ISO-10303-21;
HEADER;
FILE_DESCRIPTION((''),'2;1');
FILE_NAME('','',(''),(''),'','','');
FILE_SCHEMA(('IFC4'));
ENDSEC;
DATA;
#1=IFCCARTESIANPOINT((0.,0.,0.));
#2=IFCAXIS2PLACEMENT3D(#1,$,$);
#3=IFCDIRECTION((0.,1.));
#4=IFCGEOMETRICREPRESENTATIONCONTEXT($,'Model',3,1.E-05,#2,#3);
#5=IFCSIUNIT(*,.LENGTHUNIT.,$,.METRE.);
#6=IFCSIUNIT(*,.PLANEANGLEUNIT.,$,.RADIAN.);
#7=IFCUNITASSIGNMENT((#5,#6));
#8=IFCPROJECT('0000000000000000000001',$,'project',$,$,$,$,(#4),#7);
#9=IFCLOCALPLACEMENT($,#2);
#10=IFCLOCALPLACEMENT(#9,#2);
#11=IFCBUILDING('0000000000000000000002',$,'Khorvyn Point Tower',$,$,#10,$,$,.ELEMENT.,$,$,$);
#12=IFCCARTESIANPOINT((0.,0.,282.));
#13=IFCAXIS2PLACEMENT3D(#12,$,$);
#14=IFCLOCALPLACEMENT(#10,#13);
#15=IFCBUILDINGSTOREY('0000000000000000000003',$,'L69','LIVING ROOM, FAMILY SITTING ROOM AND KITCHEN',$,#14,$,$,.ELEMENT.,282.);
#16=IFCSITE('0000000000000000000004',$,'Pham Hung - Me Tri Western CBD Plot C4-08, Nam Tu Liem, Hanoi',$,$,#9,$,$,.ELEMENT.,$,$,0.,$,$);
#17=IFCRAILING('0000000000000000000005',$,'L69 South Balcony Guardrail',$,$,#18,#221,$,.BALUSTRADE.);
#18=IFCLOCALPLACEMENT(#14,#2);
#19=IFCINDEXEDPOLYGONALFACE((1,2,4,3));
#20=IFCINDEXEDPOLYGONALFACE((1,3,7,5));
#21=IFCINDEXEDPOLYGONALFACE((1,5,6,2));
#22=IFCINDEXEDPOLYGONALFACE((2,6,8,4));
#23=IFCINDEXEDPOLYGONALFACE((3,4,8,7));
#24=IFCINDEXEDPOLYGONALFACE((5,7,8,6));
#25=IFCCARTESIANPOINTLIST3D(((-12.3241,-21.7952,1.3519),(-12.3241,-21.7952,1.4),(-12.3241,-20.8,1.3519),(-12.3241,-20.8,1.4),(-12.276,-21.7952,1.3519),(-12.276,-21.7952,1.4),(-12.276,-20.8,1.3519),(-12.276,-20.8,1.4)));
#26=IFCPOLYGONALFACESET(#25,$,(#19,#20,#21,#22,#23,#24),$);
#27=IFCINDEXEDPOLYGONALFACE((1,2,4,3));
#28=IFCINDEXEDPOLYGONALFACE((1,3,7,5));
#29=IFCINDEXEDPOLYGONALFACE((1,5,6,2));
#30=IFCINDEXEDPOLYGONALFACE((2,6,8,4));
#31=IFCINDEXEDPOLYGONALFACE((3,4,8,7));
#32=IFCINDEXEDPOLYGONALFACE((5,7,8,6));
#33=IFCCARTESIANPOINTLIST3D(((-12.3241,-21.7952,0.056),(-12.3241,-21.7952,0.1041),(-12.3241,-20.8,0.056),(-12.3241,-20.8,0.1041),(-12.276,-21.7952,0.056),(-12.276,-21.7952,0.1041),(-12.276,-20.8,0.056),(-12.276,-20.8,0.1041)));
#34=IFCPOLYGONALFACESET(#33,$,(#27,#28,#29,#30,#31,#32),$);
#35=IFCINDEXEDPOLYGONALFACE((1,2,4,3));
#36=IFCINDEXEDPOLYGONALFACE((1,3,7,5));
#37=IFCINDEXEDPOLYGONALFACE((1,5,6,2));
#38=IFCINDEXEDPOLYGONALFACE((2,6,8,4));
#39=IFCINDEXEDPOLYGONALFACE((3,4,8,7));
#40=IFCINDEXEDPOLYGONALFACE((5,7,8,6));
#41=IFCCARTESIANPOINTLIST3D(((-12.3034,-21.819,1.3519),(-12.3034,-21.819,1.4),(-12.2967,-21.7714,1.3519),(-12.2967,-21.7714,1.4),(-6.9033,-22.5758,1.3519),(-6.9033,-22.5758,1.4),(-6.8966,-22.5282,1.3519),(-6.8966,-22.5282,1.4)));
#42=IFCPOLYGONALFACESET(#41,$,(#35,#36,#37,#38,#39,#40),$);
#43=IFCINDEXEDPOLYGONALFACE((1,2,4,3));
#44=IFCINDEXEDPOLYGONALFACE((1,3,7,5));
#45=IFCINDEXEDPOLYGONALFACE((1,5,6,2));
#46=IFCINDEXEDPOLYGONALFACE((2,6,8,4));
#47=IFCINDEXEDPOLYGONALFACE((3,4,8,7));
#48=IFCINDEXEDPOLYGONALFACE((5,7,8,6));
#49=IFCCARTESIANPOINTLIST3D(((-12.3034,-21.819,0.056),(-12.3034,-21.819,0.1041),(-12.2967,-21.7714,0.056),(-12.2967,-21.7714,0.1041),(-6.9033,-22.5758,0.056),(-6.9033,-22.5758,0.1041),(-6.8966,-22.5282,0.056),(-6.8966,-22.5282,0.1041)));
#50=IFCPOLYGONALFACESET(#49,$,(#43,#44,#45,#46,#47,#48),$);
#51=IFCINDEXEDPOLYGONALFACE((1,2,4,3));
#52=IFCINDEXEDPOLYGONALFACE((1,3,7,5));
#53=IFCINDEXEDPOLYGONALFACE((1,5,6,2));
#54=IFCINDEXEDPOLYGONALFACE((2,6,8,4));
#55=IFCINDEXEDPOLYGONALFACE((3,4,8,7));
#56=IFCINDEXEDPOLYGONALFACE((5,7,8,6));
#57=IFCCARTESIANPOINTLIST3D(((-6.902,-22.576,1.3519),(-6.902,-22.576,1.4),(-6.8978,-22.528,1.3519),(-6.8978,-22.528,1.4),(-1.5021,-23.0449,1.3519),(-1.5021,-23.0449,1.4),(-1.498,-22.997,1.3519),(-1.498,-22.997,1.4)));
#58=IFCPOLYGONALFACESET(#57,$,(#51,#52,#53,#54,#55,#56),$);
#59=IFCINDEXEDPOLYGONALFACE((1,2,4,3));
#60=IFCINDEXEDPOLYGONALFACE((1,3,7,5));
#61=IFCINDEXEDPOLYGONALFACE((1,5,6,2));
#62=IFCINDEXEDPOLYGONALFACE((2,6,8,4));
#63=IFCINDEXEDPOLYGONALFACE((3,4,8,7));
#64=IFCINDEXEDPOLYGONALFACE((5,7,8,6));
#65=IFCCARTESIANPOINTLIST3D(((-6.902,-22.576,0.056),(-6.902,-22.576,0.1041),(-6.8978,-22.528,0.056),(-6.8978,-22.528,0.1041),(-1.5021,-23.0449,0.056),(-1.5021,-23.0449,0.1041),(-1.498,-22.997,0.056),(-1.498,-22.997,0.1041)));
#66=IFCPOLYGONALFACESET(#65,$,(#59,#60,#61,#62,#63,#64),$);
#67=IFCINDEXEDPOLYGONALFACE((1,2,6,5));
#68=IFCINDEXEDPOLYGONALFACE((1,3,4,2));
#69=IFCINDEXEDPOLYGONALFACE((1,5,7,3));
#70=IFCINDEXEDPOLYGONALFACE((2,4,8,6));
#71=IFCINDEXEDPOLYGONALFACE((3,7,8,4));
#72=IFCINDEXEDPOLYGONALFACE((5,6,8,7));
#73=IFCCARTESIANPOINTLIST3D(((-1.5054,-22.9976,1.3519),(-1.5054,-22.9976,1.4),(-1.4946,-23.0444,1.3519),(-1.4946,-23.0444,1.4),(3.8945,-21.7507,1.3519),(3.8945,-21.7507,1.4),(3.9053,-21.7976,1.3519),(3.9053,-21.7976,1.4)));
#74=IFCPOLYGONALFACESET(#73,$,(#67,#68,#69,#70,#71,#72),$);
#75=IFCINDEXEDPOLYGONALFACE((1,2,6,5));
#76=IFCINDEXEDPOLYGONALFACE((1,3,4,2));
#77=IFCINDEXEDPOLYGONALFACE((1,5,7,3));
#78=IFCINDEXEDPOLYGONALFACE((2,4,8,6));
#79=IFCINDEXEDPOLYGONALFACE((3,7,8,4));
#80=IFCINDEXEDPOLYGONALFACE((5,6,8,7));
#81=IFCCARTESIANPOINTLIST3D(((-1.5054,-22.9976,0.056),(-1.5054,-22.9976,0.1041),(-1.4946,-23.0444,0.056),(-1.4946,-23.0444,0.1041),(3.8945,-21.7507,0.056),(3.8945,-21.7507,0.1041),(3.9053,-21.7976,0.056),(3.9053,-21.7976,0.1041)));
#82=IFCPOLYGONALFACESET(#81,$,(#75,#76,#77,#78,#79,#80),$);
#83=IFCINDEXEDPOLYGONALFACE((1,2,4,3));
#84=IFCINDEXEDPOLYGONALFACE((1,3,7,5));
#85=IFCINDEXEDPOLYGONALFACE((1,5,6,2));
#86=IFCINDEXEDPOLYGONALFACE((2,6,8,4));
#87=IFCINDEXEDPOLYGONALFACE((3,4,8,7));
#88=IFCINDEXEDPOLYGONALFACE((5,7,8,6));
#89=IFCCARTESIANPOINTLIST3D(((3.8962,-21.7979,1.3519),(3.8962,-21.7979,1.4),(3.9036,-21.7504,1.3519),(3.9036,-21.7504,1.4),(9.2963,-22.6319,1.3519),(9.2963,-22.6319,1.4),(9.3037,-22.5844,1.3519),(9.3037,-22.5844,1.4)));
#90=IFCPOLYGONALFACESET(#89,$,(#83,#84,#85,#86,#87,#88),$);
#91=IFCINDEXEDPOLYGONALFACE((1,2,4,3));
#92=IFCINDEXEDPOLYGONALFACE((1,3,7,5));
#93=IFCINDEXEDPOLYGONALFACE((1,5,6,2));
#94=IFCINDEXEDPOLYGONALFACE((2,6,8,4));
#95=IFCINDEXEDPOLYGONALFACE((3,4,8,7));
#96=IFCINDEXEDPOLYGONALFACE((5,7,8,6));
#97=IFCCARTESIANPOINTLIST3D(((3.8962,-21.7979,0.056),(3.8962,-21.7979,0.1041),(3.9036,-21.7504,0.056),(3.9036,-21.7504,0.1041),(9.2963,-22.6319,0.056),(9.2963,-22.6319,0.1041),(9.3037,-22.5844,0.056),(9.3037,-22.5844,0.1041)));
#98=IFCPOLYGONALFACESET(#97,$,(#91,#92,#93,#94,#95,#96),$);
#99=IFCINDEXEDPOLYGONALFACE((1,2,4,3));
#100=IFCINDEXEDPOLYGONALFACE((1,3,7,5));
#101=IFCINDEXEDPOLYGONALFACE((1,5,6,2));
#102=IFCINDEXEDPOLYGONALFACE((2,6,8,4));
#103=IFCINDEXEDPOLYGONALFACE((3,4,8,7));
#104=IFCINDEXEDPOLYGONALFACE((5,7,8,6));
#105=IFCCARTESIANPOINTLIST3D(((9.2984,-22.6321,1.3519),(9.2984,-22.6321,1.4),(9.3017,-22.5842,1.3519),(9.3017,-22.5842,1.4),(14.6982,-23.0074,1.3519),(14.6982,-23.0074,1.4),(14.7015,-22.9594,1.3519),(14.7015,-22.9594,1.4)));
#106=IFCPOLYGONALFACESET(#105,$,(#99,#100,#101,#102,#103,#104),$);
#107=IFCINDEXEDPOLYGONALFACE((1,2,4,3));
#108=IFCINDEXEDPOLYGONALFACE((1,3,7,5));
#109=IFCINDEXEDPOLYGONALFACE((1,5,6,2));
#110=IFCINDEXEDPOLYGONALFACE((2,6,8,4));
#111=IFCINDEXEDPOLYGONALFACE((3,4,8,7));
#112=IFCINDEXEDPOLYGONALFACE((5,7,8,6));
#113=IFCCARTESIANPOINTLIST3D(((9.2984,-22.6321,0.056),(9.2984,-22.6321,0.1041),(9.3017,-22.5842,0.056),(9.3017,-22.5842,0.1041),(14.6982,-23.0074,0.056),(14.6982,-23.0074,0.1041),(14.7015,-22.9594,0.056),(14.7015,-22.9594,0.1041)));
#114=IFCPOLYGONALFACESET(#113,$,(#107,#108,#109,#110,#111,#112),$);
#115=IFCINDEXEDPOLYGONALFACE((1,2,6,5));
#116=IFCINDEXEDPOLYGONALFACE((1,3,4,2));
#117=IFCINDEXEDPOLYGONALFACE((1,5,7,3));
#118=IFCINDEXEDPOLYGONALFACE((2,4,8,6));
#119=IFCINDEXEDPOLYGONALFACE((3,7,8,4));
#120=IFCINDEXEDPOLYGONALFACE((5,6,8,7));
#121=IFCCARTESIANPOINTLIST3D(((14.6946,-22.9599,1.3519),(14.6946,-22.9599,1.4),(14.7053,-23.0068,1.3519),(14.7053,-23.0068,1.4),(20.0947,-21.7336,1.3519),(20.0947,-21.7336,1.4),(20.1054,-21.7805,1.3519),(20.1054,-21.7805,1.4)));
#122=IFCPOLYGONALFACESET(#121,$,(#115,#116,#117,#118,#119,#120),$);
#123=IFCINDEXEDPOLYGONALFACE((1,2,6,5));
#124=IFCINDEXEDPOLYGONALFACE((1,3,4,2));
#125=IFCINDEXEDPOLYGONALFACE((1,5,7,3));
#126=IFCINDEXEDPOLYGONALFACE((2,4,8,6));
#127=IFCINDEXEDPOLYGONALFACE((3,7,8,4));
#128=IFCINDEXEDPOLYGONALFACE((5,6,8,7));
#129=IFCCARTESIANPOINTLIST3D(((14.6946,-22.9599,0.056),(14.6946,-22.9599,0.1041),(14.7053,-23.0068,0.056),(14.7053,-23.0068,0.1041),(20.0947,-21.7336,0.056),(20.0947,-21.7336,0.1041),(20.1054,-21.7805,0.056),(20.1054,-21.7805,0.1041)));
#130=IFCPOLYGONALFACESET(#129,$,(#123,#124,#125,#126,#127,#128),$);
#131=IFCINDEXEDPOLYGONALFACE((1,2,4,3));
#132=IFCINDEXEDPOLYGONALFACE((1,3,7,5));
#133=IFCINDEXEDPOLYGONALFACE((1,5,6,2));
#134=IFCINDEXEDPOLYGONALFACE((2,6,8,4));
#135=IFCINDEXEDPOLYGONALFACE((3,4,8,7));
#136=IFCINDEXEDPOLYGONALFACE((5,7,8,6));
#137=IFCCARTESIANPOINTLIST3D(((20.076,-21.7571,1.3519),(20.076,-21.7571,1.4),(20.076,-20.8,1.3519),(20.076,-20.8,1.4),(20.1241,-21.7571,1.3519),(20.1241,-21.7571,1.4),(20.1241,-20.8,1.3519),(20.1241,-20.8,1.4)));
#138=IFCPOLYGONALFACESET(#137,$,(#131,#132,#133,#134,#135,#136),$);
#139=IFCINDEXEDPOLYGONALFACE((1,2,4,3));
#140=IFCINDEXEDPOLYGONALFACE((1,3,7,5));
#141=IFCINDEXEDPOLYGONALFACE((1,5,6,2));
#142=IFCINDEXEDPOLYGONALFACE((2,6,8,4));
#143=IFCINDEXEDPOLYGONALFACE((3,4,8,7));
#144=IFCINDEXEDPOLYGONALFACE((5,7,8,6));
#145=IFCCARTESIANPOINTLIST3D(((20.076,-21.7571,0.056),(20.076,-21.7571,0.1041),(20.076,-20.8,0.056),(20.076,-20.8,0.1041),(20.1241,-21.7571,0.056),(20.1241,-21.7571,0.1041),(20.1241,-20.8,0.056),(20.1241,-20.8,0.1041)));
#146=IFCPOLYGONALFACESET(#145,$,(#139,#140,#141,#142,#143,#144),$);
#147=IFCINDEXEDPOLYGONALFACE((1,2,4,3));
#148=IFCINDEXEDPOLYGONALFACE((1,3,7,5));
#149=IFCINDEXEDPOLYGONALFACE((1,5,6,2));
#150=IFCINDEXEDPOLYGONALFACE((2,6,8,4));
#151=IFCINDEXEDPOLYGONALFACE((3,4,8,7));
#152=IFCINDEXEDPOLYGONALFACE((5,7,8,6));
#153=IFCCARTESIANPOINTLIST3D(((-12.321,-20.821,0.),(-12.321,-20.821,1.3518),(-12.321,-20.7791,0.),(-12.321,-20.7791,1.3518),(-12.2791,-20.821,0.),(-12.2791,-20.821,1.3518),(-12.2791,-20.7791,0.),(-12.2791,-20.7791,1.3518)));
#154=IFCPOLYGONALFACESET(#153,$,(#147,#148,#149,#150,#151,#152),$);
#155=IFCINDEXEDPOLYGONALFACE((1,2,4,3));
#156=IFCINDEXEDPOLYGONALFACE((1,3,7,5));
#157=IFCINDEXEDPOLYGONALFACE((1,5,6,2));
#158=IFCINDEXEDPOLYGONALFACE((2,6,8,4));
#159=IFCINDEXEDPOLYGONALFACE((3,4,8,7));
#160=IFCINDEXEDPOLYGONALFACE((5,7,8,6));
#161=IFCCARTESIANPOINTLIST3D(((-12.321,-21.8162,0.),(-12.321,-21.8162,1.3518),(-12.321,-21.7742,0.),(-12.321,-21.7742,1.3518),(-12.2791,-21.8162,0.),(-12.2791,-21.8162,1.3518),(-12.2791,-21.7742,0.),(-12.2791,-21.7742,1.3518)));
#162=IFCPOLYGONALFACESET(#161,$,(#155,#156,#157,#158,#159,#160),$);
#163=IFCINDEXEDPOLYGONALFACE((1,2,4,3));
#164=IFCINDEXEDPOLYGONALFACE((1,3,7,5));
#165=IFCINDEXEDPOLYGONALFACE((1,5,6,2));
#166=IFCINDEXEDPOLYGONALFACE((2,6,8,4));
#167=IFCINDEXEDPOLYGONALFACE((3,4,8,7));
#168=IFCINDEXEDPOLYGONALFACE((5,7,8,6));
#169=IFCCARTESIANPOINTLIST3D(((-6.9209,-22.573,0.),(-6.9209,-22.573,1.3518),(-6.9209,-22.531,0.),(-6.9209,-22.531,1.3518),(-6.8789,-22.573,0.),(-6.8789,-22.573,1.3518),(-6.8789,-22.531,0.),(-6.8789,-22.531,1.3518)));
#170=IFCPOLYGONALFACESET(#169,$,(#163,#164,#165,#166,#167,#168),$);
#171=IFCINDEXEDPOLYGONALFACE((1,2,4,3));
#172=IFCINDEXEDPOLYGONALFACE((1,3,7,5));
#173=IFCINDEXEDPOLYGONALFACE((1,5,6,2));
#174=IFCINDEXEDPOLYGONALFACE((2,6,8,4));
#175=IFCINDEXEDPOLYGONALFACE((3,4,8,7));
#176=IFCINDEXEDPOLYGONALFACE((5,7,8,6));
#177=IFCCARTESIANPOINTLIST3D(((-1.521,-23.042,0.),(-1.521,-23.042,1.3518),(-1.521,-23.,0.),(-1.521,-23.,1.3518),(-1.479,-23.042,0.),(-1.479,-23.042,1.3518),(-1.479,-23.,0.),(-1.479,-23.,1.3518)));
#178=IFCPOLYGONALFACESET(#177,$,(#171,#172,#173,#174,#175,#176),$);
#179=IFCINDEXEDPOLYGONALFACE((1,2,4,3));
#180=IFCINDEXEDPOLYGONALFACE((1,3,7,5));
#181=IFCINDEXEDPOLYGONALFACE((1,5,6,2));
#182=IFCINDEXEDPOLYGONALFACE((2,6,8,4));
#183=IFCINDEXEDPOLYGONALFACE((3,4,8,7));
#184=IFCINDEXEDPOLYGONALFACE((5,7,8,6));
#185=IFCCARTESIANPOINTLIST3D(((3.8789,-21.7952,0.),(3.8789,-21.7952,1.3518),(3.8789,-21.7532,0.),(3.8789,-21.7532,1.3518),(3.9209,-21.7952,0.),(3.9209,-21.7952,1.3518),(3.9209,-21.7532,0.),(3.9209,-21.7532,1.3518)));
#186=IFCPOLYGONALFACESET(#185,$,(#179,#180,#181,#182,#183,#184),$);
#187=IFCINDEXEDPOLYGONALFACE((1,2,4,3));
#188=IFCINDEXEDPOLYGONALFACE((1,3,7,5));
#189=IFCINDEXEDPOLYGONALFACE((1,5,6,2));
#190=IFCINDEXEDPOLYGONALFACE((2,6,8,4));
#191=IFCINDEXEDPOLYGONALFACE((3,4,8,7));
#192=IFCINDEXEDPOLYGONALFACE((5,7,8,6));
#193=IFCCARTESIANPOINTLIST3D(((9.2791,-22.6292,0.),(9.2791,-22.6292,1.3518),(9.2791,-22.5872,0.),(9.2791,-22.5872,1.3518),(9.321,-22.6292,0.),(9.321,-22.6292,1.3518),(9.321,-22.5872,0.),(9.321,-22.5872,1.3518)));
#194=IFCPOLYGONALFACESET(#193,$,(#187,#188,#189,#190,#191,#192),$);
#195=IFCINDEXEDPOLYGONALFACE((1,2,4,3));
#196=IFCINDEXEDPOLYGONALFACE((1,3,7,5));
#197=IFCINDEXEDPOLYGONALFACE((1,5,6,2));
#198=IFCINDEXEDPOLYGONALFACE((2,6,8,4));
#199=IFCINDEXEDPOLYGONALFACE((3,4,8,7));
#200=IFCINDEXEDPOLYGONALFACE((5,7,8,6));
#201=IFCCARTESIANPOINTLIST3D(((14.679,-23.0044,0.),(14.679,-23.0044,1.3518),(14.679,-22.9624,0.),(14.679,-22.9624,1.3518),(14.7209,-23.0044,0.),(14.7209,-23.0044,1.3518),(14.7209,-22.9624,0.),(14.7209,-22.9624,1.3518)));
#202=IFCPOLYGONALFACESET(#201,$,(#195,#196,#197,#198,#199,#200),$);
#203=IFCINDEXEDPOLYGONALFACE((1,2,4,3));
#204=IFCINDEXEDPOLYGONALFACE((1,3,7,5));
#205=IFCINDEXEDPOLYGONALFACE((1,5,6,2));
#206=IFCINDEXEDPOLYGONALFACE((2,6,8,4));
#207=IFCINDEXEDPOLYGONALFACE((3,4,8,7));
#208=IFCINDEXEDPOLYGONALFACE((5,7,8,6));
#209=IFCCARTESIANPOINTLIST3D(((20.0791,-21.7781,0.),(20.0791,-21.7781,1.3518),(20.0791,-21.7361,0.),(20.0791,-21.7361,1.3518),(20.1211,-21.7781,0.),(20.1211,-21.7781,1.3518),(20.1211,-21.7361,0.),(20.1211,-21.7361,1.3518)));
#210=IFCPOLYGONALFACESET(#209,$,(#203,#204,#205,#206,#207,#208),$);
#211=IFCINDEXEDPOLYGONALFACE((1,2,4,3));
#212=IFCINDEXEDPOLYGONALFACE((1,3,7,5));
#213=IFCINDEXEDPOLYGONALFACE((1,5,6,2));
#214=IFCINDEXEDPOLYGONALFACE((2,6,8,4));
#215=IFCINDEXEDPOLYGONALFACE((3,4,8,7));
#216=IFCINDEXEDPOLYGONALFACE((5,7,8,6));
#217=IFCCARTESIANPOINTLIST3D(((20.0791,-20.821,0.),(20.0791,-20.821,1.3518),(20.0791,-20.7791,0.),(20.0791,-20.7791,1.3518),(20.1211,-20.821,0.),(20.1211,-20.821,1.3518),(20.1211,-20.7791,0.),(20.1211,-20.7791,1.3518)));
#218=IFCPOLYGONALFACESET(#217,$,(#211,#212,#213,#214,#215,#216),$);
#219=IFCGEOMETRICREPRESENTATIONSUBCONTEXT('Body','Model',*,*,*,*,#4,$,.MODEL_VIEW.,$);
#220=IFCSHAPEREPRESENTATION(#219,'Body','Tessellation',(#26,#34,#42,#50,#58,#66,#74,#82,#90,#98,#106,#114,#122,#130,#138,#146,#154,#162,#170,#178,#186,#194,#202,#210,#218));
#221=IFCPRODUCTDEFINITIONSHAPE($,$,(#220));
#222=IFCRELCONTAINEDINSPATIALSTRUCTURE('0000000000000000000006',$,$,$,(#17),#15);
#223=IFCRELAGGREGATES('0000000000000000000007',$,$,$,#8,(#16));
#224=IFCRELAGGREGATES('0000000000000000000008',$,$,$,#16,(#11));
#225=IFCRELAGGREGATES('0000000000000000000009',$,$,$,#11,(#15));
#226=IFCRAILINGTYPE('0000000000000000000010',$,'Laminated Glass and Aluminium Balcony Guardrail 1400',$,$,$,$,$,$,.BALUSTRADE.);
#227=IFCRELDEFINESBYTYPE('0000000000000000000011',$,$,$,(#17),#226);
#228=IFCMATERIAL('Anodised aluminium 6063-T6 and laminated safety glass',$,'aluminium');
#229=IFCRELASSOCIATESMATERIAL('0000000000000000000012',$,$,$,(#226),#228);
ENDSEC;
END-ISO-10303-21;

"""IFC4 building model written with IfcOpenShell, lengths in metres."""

from ifc_helpers import new_model, si_unit, direction, frame, origin, origin_2d, place, context, subcontext, project, spatial, rectangle, extrude, material, type_object, element, save


model = new_model("IFC4")

# Units and contexts
model_context = context("Model", 3, precision=1e-05, world=origin(), true_north=direction((0.0, 1.0)))
body_context = subcontext(model_context, "Body", "Model", "MODEL_VIEW")
ifc_project = project(units=[si_unit("LENGTHUNIT", "METRE"), si_unit("PLANEANGLEUNIT", "RADIAN")], contexts=[model_context])

# Site, building, storey
site_placement = place(None, origin())
site = spatial("IfcSite", under=ifc_project, at=site_placement, Name="Pham Hung - Me Tri Western CBD Plot C4-08, Nam Tu Liem, Hanoi", CompositionType="ELEMENT", RefElevation=0.0)
building_placement = place(site_placement, origin())
building = spatial("IfcBuilding", under=site, at=building_placement, Name="Khorvyn Point Tower", CompositionType="ELEMENT")
storey_placement = place(building_placement, frame((0.0, 0.0, 282.0)))
storey = spatial("IfcBuildingStorey", under=building, at=storey_placement, Name="L69", Description="LIVING ROOM, FAMILY SITTING ROOM AND KITCHEN", CompositionType="ELEMENT", Elevation=282.0)

# Railing
ifc_material_1 = material(Name="Anodised aluminium 6063-T6 and laminated safety glass", Category="aluminium")
railing_type = type_object("IfcRailingType", Name="Laminated Glass and Aluminium Balcony Guardrail 1400", PredefinedType="BALUSTRADE", material=ifc_material_1)
railing_1_placement = place(storey_placement, frame((-12.3, -20.8, 0.0)))
element("IfcRailing", 1, at=railing_1_placement, inside=storey, type_object=railing_type, Name="L69 South Balcony Guardrail", PredefinedType="BALUSTRADE", context=body_context, shape_type="SweptSolid", body=[
    extrude(rectangle(XDim=0.0481, YDim=0.0481, at=origin_2d()), frame((0.0, 0.0, 1.376), z_axis=(0.0, -1.0, 0.0), x_axis=(1.0, 0.0, 0.0)), (0.0, 0.0, 1.0), 0.9951),
    extrude(rectangle(XDim=0.0481, YDim=0.0481, at=origin_2d()), frame((0.0, 0.0, 0.0801), z_axis=(0.0, -1.0, 0.0), x_axis=(1.0, 0.0, 0.0)), (0.0, 0.0, 1.0), 0.9951),
    extrude(rectangle(XDim=0.0481, YDim=0.0481, at=origin_2d()), frame((0.0, -0.9951, 1.376), z_axis=(0.990321, -0.138795, 0.0), x_axis=(0.138795, 0.990321, 0.0)), (0.0, 0.0, 1.0), 5.4529),
    extrude(rectangle(XDim=0.0481, YDim=0.0481, at=origin_2d()), frame((0.0, -0.9951, 0.0801), z_axis=(0.990321, -0.138795, 0.0), x_axis=(0.138795, 0.990321, 0.0)), (0.0, 0.0, 1.0), 5.4529),
    extrude(rectangle(XDim=0.0481, YDim=0.0481, at=origin_2d()), frame((5.4001, -1.752, 1.376), z_axis=(0.99625, -0.086527, 0.0), x_axis=(0.086527, 0.99625, 0.0)), (0.0, 0.0, 1.0), 5.4202),
    extrude(rectangle(XDim=0.0481, YDim=0.0481, at=origin_2d()), frame((5.4001, -1.752, 0.0801), z_axis=(0.99625, -0.086527, 0.0), x_axis=(0.086527, 0.99625, 0.0)), (0.0, 0.0, 1.0), 5.4202),
    extrude(rectangle(XDim=0.0481, YDim=0.0481, at=origin_2d()), frame((10.8, -2.2209, 1.376), z_axis=(0.974364, 0.224979, 0.0), x_axis=(-0.224979, 0.974364, 0.0)), (0.0, 0.0, 1.0), 5.542),
    extrude(rectangle(XDim=0.0481, YDim=0.0481, at=origin_2d()), frame((10.8, -2.2209, 0.0801), z_axis=(0.974364, 0.224979, 0.0), x_axis=(-0.224979, 0.974364, 0.0)), (0.0, 0.0, 1.0), 5.542),
    extrude(rectangle(XDim=0.0481, YDim=0.0481, at=origin_2d()), frame((16.2, -0.9741, 1.376), z_axis=(0.988284, -0.152628, 0.0), x_axis=(0.152628, 0.988284, 0.0)), (0.0, 0.0, 1.0), 5.4641),
    extrude(rectangle(XDim=0.0481, YDim=0.0481, at=origin_2d()), frame((16.2, -0.9741, 0.0801), z_axis=(0.988284, -0.152628, 0.0), x_axis=(0.152628, 0.988284, 0.0)), (0.0, 0.0, 1.0), 5.4641),
    extrude(rectangle(XDim=0.0481, YDim=0.0481, at=origin_2d()), frame((21.6001, -1.8081, 1.376), z_axis=(0.997594, -0.069324, 0.0), x_axis=(0.069324, 0.997594, 0.0)), (0.0, 0.0, 1.0), 5.4128),
    extrude(rectangle(XDim=0.0481, YDim=0.0481, at=origin_2d()), frame((21.6001, -1.8081, 0.0801), z_axis=(0.997594, -0.069324, 0.0), x_axis=(0.069324, 0.997594, 0.0)), (0.0, 0.0, 1.0), 5.4128),
    extrude(rectangle(XDim=0.0481, YDim=0.0481, at=origin_2d()), frame((27.0, -2.1833, 1.376), z_axis=(0.975171, 0.221452, 0.0), x_axis=(-0.221452, 0.975171, 0.0)), (0.0, 0.0, 1.0), 5.5376),
    extrude(rectangle(XDim=0.0481, YDim=0.0481, at=origin_2d()), frame((27.0, -2.1833, 0.0801), z_axis=(0.975171, 0.221452, 0.0), x_axis=(-0.221452, 0.975171, 0.0)), (0.0, 0.0, 1.0), 5.5376),
    extrude(rectangle(XDim=0.0481, YDim=0.0481, at=origin_2d()), frame((32.4001, -0.957, 1.376), z_axis=(0.0, 1.0, 0.0), x_axis=(-1.0, 0.0, 0.0)), (0.0, 0.0, 1.0), 0.957),
    extrude(rectangle(XDim=0.0481, YDim=0.0481, at=origin_2d()), frame((32.4001, -0.957, 0.0801), z_axis=(0.0, 1.0, 0.0), x_axis=(-1.0, 0.0, 0.0)), (0.0, 0.0, 1.0), 0.957),
    extrude(rectangle(XDim=0.042, YDim=0.042, at=origin_2d()), origin(), (0.0, 0.0, 1.0), 1.3518),
    extrude(rectangle(XDim=0.042, YDim=0.042, at=origin_2d()), frame((0.0, -0.9951, 0.0)), (0.0, 0.0, 1.0), 1.3518),
    extrude(rectangle(XDim=0.042, YDim=0.042, at=origin_2d()), frame((5.4001, -1.752, 0.0)), (0.0, 0.0, 1.0), 1.3518),
    extrude(rectangle(XDim=0.042, YDim=0.042, at=origin_2d()), frame((10.8, -2.2209, 0.0)), (0.0, 0.0, 1.0), 1.3518),
    extrude(rectangle(XDim=0.042, YDim=0.042, at=origin_2d()), frame((16.2, -0.9741, 0.0)), (0.0, 0.0, 1.0), 1.3518),
    extrude(rectangle(XDim=0.042, YDim=0.042, at=origin_2d()), frame((21.6001, -1.8081, 0.0)), (0.0, 0.0, 1.0), 1.3518),
    extrude(rectangle(XDim=0.042, YDim=0.042, at=origin_2d()), frame((27.0, -2.1833, 0.0)), (0.0, 0.0, 1.0), 1.3518),
    extrude(rectangle(XDim=0.042, YDim=0.042, at=origin_2d()), frame((32.4001, -0.957, 0.0)), (0.0, 0.0, 1.0), 1.3518),
    extrude(rectangle(XDim=0.042, YDim=0.042, at=origin_2d()), frame((32.4001, 0.0, 0.0)), (0.0, 0.0, 1.0), 1.3518),
])

save(model, "model.ifc")
